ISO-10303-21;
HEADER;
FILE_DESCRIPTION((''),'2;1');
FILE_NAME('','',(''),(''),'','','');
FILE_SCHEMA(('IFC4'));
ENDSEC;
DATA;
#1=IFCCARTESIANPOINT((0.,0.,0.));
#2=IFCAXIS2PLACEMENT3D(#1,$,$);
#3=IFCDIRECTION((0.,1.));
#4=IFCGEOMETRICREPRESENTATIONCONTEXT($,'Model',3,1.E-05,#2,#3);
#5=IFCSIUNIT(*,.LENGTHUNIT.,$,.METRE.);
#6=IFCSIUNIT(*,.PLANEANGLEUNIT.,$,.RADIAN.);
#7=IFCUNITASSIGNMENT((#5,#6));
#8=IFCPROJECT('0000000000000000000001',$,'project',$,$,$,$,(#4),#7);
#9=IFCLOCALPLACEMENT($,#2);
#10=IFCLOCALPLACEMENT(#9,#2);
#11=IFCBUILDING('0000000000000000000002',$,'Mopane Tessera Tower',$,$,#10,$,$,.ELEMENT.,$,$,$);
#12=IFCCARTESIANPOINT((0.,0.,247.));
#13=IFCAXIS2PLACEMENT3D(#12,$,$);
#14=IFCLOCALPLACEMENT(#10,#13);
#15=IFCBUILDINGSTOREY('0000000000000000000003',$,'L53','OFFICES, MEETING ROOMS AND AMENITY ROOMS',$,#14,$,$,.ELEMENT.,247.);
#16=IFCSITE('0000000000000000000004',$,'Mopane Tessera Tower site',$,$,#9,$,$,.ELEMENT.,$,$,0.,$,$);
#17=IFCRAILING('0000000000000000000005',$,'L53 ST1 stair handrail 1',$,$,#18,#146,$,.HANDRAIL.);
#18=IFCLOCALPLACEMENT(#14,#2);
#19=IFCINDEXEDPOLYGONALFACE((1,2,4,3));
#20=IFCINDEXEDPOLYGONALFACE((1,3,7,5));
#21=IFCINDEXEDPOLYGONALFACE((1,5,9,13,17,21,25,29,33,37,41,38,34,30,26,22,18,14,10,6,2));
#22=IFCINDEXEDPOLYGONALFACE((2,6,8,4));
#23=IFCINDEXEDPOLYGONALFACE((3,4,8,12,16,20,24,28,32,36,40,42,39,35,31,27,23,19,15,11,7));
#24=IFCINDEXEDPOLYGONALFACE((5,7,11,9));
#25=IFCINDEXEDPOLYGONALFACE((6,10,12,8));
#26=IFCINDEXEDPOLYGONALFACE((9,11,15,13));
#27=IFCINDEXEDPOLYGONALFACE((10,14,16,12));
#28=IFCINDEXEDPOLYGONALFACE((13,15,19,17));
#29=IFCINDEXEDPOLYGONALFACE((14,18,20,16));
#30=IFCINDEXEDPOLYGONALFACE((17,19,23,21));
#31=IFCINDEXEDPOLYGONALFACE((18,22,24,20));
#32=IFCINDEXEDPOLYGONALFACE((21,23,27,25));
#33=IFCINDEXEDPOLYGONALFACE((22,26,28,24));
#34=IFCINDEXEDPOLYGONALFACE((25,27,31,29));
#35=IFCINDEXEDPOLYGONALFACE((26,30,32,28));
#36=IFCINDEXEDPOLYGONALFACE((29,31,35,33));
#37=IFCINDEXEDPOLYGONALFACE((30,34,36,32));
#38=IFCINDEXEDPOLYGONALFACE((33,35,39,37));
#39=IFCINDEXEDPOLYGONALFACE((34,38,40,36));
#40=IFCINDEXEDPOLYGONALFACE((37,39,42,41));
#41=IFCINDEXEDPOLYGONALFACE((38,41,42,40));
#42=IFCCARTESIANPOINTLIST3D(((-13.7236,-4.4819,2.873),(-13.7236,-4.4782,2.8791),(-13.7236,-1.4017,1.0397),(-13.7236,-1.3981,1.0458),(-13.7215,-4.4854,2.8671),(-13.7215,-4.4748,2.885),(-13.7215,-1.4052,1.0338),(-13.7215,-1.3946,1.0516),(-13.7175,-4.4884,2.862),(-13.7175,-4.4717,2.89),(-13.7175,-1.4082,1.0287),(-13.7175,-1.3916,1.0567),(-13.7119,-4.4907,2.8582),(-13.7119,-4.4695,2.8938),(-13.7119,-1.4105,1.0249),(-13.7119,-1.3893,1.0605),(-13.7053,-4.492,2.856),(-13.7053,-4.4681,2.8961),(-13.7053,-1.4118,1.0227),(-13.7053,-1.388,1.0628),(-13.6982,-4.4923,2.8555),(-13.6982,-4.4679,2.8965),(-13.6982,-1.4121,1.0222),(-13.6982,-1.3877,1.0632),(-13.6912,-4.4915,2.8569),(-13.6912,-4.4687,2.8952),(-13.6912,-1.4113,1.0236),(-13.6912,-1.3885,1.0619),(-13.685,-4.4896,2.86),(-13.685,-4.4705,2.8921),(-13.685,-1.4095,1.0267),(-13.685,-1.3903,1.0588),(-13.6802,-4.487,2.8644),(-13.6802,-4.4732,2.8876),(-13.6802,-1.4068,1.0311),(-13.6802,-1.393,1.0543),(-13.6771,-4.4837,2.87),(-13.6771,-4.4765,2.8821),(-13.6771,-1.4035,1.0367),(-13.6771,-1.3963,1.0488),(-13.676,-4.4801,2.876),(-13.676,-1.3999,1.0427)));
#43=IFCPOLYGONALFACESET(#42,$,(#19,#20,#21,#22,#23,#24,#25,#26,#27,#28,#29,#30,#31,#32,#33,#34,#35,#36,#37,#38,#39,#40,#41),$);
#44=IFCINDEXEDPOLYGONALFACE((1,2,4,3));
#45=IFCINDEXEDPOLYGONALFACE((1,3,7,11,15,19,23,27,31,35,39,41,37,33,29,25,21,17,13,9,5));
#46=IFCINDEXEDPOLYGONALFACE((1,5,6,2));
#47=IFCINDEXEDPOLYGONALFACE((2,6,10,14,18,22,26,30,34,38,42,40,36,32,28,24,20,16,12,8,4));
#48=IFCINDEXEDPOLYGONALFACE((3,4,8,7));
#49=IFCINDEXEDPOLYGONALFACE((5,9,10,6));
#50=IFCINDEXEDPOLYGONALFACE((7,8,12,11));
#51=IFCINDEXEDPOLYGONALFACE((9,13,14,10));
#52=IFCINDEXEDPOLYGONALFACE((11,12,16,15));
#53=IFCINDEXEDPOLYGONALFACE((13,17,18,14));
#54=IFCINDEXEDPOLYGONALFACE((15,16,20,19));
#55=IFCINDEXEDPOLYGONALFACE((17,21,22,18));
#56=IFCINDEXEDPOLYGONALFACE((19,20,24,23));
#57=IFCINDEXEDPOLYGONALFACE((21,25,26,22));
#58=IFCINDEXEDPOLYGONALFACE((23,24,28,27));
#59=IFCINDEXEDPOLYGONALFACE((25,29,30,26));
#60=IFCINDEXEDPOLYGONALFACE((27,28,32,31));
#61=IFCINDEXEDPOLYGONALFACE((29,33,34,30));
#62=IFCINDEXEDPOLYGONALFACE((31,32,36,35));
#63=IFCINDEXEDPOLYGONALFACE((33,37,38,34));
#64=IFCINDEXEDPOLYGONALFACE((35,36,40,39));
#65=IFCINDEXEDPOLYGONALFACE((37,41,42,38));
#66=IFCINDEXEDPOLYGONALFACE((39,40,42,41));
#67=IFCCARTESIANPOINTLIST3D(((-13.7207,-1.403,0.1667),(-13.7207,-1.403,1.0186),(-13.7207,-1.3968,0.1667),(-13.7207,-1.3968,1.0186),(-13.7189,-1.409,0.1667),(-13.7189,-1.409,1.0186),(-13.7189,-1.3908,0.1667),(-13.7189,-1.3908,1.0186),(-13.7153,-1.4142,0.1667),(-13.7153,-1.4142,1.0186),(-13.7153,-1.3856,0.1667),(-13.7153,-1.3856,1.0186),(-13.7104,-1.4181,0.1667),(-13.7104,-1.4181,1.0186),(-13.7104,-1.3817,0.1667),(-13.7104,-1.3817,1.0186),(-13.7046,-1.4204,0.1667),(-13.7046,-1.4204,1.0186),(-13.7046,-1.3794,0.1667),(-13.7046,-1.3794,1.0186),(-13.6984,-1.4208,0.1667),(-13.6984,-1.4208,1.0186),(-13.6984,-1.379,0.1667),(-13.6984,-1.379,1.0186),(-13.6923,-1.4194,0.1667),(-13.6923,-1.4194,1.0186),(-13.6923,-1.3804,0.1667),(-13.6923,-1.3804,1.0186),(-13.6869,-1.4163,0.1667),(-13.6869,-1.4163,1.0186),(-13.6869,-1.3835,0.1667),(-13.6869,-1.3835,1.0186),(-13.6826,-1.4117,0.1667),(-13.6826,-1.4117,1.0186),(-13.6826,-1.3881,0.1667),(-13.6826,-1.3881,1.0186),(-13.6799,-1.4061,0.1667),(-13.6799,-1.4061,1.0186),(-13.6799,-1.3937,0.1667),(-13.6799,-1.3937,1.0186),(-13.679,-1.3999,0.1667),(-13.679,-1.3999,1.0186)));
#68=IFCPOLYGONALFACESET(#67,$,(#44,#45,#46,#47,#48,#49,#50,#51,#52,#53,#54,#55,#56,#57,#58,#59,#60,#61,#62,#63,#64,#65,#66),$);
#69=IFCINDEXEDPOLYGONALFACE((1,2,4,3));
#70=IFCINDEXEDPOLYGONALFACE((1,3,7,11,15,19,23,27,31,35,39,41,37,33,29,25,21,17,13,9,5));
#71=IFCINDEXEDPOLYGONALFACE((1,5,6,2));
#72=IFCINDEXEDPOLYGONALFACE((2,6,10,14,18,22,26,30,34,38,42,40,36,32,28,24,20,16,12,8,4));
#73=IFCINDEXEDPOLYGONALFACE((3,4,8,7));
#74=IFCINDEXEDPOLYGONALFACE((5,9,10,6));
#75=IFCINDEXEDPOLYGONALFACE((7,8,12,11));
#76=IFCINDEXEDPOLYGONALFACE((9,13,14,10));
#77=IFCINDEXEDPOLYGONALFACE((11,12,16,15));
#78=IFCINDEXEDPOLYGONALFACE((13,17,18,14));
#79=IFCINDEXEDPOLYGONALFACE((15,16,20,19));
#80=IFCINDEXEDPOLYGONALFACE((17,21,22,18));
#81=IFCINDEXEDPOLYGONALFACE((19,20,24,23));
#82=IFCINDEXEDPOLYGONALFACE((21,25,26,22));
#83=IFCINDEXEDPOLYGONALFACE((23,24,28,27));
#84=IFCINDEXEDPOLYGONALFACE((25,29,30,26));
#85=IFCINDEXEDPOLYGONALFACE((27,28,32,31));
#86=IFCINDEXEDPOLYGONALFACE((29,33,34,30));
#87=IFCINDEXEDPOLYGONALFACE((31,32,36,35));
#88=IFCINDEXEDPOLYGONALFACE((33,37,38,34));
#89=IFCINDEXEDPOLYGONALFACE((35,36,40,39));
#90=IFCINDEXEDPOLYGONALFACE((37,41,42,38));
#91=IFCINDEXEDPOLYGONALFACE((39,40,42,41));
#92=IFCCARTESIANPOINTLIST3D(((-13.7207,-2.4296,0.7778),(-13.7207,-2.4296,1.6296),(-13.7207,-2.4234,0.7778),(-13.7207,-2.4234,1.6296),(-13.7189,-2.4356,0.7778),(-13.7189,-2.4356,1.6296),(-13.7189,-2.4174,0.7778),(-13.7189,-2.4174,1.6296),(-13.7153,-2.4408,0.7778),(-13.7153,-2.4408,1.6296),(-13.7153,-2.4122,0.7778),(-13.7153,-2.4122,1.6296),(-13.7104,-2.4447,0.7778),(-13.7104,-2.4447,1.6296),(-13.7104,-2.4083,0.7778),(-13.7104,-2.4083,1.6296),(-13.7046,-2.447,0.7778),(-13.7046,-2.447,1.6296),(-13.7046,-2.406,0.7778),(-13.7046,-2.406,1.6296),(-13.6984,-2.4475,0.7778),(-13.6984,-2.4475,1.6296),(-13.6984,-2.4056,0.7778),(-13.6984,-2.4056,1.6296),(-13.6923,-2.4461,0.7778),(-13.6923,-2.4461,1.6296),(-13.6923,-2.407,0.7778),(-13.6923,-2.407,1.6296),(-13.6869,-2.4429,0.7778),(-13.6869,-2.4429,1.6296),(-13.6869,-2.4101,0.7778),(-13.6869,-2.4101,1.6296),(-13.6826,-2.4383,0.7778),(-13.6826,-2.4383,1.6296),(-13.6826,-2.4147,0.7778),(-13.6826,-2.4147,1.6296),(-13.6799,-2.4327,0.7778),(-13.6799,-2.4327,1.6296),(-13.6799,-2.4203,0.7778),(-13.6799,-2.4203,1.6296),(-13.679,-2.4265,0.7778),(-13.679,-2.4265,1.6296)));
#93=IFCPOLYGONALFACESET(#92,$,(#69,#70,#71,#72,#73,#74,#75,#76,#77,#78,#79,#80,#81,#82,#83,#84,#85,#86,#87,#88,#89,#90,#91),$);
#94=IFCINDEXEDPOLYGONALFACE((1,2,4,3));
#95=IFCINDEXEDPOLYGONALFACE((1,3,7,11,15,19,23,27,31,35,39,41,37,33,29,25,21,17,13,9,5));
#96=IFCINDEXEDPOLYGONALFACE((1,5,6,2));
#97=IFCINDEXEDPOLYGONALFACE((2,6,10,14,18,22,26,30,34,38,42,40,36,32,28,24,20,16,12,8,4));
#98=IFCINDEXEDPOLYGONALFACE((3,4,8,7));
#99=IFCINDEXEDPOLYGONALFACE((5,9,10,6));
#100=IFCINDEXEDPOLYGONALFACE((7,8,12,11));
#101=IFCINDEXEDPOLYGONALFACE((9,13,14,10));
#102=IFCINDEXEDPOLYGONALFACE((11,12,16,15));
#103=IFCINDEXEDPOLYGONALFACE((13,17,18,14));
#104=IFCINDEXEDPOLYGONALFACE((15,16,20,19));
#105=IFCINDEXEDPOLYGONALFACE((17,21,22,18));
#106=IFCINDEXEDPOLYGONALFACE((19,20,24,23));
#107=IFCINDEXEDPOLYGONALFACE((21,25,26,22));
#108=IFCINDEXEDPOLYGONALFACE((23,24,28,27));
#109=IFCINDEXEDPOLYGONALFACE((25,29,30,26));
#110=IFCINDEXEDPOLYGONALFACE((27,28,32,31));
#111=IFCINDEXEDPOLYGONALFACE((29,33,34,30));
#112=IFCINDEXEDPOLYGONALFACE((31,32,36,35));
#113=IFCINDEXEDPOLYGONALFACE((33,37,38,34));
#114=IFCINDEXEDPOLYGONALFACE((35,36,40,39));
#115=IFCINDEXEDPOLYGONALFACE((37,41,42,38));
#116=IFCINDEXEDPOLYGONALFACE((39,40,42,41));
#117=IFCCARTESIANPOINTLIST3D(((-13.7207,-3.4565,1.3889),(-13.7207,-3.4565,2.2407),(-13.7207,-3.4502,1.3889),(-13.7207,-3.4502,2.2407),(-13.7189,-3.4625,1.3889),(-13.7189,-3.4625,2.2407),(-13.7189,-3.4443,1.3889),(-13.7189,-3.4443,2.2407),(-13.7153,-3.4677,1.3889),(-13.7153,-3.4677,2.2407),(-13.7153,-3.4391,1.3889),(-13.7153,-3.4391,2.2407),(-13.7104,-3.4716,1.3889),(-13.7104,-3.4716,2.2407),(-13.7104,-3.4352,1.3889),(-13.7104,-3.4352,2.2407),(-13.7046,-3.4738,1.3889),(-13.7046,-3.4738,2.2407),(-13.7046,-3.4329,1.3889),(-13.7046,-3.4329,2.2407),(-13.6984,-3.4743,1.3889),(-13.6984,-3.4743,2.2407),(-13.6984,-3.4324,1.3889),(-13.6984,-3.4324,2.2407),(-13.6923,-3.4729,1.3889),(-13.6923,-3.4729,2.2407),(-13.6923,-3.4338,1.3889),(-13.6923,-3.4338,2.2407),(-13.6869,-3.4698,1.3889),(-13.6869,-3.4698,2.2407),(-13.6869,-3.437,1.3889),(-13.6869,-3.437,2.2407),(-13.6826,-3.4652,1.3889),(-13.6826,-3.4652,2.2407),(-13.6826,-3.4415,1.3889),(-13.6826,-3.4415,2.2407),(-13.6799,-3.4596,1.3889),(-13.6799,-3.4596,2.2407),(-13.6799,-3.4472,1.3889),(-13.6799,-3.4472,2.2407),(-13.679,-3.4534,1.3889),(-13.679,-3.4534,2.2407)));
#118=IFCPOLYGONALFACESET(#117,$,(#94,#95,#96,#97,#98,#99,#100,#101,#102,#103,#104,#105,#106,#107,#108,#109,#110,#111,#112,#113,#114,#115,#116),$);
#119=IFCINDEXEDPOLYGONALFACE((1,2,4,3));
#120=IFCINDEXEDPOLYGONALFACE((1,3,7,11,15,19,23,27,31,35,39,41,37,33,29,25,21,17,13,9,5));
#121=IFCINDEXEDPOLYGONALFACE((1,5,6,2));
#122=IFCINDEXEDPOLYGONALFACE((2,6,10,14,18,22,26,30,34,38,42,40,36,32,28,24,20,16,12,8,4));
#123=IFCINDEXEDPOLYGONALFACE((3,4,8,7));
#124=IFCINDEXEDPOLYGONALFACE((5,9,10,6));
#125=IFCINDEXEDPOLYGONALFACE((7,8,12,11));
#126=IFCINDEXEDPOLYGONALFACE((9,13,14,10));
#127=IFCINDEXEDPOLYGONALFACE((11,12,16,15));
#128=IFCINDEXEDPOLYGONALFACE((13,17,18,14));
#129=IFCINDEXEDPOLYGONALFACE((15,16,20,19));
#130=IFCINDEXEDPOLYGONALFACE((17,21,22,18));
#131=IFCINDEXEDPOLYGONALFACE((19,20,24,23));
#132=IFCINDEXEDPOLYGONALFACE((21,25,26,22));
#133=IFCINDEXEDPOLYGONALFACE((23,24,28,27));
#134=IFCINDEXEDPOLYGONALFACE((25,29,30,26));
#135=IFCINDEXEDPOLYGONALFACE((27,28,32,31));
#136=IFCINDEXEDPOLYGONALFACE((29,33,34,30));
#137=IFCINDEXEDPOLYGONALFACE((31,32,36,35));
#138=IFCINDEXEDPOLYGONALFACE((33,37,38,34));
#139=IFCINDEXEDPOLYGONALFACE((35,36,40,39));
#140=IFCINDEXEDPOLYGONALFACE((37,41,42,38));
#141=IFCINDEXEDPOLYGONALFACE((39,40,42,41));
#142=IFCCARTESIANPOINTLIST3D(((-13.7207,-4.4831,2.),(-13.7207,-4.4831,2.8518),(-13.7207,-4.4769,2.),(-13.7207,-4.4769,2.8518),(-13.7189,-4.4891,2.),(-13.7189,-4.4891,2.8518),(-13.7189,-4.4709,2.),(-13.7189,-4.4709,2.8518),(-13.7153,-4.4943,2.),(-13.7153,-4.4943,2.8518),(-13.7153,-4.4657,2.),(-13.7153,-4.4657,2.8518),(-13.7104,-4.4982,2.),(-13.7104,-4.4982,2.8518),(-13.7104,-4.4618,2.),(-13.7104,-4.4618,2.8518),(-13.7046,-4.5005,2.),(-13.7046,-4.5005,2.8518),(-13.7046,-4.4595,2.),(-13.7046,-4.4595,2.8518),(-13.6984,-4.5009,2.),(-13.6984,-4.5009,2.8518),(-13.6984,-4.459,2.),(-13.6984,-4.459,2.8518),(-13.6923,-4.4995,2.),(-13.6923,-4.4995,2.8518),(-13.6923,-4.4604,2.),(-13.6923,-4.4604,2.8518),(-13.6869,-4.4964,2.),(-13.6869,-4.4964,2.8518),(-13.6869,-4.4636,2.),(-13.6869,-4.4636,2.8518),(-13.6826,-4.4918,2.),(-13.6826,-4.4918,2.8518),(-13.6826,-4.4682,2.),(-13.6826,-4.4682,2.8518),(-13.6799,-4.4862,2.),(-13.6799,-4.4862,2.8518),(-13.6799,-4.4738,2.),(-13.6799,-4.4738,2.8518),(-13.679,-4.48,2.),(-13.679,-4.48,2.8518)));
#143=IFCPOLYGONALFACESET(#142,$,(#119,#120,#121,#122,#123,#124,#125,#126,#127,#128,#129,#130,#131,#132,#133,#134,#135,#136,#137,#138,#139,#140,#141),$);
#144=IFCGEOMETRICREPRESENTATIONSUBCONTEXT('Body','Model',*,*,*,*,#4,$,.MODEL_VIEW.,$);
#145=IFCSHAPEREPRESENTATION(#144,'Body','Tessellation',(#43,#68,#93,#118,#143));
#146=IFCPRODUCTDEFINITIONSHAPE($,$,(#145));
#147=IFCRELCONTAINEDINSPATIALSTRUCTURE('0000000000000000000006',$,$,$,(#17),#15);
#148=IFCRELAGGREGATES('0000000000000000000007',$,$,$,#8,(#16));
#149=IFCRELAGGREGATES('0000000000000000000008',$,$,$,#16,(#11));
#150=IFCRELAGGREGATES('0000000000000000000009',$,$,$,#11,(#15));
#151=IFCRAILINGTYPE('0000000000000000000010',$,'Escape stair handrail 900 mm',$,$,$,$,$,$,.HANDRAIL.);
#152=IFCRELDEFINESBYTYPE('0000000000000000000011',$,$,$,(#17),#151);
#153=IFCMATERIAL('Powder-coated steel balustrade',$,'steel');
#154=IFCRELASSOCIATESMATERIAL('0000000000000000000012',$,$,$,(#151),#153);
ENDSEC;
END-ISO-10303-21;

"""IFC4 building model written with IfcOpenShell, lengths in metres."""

from ifc_helpers import new_model, si_unit, direction, frame, origin, origin_2d, place, context, subcontext, project, spatial, circle, extrude, material, type_object, element, save


model = new_model("IFC4")

# Units and contexts
model_context = context("Model", 3, precision=1e-05, world=origin(), true_north=direction((0.0, 1.0)))
body_context = subcontext(model_context, "Body", "Model", "MODEL_VIEW")
ifc_project = project(units=[si_unit("LENGTHUNIT", "METRE"), si_unit("PLANEANGLEUNIT", "RADIAN")], contexts=[model_context])

# Site, building, storey
site_placement = place(None, origin())
site = spatial("IfcSite", under=ifc_project, at=site_placement, Name="Mopane Tessera Tower site", CompositionType="ELEMENT", RefElevation=0.0)
building_placement = place(site_placement, origin())
building = spatial("IfcBuilding", under=site, at=building_placement, Name="Mopane Tessera Tower", CompositionType="ELEMENT")
storey_placement = place(building_placement, frame((0.0, 0.0, 247.0)))
storey = spatial("IfcBuildingStorey", under=building, at=storey_placement, Name="L53", Description="OFFICES, MEETING ROOMS AND AMENITY ROOMS", CompositionType="ELEMENT", Elevation=247.0)

# Railing
ifc_material_1 = material(Name="Powder-coated steel balustrade", Category="steel")
railing_type_1 = type_object("IfcRailingType", Name="Escape stair handrail 900 mm", PredefinedType="HANDRAIL", material=ifc_material_1)
railing_1_placement = place(storey_placement, frame((-13.7, -1.3999, 0.1667)))
element("IfcRailing", 1, at=railing_1_placement, inside=storey, type_object=railing_type_1, Name="L53 ST1 stair handrail 1", PredefinedType="HANDRAIL", context=body_context, shape_type="SweptSolid", body=[
    extrude(circle(Radius=0.0239, at=origin_2d()), frame((0.0, 0.0, 0.876), z_axis=(0.0, -0.859309, 0.511458), x_axis=(1.0, 0.0, 0.0)), (0.0, 0.0, 1.0), 3.5845),
    extrude(circle(Radius=0.021, at=origin_2d()), origin(), (0.0, 0.0, 1.0), 0.8518),
    extrude(circle(Radius=0.021, at=origin_2d()), frame((0.0, -1.0266, 0.6111)), (0.0, 0.0, 1.0), 0.8518),
    extrude(circle(Radius=0.021, at=origin_2d()), frame((0.0, -2.0535, 1.2222)), (0.0, 0.0, 1.0), 0.8518),
    extrude(circle(Radius=0.021, at=origin_2d()), frame((0.0, -3.0801, 1.8333)), (0.0, 0.0, 1.0), 0.8518),
])

save(model, "model.ifc")
